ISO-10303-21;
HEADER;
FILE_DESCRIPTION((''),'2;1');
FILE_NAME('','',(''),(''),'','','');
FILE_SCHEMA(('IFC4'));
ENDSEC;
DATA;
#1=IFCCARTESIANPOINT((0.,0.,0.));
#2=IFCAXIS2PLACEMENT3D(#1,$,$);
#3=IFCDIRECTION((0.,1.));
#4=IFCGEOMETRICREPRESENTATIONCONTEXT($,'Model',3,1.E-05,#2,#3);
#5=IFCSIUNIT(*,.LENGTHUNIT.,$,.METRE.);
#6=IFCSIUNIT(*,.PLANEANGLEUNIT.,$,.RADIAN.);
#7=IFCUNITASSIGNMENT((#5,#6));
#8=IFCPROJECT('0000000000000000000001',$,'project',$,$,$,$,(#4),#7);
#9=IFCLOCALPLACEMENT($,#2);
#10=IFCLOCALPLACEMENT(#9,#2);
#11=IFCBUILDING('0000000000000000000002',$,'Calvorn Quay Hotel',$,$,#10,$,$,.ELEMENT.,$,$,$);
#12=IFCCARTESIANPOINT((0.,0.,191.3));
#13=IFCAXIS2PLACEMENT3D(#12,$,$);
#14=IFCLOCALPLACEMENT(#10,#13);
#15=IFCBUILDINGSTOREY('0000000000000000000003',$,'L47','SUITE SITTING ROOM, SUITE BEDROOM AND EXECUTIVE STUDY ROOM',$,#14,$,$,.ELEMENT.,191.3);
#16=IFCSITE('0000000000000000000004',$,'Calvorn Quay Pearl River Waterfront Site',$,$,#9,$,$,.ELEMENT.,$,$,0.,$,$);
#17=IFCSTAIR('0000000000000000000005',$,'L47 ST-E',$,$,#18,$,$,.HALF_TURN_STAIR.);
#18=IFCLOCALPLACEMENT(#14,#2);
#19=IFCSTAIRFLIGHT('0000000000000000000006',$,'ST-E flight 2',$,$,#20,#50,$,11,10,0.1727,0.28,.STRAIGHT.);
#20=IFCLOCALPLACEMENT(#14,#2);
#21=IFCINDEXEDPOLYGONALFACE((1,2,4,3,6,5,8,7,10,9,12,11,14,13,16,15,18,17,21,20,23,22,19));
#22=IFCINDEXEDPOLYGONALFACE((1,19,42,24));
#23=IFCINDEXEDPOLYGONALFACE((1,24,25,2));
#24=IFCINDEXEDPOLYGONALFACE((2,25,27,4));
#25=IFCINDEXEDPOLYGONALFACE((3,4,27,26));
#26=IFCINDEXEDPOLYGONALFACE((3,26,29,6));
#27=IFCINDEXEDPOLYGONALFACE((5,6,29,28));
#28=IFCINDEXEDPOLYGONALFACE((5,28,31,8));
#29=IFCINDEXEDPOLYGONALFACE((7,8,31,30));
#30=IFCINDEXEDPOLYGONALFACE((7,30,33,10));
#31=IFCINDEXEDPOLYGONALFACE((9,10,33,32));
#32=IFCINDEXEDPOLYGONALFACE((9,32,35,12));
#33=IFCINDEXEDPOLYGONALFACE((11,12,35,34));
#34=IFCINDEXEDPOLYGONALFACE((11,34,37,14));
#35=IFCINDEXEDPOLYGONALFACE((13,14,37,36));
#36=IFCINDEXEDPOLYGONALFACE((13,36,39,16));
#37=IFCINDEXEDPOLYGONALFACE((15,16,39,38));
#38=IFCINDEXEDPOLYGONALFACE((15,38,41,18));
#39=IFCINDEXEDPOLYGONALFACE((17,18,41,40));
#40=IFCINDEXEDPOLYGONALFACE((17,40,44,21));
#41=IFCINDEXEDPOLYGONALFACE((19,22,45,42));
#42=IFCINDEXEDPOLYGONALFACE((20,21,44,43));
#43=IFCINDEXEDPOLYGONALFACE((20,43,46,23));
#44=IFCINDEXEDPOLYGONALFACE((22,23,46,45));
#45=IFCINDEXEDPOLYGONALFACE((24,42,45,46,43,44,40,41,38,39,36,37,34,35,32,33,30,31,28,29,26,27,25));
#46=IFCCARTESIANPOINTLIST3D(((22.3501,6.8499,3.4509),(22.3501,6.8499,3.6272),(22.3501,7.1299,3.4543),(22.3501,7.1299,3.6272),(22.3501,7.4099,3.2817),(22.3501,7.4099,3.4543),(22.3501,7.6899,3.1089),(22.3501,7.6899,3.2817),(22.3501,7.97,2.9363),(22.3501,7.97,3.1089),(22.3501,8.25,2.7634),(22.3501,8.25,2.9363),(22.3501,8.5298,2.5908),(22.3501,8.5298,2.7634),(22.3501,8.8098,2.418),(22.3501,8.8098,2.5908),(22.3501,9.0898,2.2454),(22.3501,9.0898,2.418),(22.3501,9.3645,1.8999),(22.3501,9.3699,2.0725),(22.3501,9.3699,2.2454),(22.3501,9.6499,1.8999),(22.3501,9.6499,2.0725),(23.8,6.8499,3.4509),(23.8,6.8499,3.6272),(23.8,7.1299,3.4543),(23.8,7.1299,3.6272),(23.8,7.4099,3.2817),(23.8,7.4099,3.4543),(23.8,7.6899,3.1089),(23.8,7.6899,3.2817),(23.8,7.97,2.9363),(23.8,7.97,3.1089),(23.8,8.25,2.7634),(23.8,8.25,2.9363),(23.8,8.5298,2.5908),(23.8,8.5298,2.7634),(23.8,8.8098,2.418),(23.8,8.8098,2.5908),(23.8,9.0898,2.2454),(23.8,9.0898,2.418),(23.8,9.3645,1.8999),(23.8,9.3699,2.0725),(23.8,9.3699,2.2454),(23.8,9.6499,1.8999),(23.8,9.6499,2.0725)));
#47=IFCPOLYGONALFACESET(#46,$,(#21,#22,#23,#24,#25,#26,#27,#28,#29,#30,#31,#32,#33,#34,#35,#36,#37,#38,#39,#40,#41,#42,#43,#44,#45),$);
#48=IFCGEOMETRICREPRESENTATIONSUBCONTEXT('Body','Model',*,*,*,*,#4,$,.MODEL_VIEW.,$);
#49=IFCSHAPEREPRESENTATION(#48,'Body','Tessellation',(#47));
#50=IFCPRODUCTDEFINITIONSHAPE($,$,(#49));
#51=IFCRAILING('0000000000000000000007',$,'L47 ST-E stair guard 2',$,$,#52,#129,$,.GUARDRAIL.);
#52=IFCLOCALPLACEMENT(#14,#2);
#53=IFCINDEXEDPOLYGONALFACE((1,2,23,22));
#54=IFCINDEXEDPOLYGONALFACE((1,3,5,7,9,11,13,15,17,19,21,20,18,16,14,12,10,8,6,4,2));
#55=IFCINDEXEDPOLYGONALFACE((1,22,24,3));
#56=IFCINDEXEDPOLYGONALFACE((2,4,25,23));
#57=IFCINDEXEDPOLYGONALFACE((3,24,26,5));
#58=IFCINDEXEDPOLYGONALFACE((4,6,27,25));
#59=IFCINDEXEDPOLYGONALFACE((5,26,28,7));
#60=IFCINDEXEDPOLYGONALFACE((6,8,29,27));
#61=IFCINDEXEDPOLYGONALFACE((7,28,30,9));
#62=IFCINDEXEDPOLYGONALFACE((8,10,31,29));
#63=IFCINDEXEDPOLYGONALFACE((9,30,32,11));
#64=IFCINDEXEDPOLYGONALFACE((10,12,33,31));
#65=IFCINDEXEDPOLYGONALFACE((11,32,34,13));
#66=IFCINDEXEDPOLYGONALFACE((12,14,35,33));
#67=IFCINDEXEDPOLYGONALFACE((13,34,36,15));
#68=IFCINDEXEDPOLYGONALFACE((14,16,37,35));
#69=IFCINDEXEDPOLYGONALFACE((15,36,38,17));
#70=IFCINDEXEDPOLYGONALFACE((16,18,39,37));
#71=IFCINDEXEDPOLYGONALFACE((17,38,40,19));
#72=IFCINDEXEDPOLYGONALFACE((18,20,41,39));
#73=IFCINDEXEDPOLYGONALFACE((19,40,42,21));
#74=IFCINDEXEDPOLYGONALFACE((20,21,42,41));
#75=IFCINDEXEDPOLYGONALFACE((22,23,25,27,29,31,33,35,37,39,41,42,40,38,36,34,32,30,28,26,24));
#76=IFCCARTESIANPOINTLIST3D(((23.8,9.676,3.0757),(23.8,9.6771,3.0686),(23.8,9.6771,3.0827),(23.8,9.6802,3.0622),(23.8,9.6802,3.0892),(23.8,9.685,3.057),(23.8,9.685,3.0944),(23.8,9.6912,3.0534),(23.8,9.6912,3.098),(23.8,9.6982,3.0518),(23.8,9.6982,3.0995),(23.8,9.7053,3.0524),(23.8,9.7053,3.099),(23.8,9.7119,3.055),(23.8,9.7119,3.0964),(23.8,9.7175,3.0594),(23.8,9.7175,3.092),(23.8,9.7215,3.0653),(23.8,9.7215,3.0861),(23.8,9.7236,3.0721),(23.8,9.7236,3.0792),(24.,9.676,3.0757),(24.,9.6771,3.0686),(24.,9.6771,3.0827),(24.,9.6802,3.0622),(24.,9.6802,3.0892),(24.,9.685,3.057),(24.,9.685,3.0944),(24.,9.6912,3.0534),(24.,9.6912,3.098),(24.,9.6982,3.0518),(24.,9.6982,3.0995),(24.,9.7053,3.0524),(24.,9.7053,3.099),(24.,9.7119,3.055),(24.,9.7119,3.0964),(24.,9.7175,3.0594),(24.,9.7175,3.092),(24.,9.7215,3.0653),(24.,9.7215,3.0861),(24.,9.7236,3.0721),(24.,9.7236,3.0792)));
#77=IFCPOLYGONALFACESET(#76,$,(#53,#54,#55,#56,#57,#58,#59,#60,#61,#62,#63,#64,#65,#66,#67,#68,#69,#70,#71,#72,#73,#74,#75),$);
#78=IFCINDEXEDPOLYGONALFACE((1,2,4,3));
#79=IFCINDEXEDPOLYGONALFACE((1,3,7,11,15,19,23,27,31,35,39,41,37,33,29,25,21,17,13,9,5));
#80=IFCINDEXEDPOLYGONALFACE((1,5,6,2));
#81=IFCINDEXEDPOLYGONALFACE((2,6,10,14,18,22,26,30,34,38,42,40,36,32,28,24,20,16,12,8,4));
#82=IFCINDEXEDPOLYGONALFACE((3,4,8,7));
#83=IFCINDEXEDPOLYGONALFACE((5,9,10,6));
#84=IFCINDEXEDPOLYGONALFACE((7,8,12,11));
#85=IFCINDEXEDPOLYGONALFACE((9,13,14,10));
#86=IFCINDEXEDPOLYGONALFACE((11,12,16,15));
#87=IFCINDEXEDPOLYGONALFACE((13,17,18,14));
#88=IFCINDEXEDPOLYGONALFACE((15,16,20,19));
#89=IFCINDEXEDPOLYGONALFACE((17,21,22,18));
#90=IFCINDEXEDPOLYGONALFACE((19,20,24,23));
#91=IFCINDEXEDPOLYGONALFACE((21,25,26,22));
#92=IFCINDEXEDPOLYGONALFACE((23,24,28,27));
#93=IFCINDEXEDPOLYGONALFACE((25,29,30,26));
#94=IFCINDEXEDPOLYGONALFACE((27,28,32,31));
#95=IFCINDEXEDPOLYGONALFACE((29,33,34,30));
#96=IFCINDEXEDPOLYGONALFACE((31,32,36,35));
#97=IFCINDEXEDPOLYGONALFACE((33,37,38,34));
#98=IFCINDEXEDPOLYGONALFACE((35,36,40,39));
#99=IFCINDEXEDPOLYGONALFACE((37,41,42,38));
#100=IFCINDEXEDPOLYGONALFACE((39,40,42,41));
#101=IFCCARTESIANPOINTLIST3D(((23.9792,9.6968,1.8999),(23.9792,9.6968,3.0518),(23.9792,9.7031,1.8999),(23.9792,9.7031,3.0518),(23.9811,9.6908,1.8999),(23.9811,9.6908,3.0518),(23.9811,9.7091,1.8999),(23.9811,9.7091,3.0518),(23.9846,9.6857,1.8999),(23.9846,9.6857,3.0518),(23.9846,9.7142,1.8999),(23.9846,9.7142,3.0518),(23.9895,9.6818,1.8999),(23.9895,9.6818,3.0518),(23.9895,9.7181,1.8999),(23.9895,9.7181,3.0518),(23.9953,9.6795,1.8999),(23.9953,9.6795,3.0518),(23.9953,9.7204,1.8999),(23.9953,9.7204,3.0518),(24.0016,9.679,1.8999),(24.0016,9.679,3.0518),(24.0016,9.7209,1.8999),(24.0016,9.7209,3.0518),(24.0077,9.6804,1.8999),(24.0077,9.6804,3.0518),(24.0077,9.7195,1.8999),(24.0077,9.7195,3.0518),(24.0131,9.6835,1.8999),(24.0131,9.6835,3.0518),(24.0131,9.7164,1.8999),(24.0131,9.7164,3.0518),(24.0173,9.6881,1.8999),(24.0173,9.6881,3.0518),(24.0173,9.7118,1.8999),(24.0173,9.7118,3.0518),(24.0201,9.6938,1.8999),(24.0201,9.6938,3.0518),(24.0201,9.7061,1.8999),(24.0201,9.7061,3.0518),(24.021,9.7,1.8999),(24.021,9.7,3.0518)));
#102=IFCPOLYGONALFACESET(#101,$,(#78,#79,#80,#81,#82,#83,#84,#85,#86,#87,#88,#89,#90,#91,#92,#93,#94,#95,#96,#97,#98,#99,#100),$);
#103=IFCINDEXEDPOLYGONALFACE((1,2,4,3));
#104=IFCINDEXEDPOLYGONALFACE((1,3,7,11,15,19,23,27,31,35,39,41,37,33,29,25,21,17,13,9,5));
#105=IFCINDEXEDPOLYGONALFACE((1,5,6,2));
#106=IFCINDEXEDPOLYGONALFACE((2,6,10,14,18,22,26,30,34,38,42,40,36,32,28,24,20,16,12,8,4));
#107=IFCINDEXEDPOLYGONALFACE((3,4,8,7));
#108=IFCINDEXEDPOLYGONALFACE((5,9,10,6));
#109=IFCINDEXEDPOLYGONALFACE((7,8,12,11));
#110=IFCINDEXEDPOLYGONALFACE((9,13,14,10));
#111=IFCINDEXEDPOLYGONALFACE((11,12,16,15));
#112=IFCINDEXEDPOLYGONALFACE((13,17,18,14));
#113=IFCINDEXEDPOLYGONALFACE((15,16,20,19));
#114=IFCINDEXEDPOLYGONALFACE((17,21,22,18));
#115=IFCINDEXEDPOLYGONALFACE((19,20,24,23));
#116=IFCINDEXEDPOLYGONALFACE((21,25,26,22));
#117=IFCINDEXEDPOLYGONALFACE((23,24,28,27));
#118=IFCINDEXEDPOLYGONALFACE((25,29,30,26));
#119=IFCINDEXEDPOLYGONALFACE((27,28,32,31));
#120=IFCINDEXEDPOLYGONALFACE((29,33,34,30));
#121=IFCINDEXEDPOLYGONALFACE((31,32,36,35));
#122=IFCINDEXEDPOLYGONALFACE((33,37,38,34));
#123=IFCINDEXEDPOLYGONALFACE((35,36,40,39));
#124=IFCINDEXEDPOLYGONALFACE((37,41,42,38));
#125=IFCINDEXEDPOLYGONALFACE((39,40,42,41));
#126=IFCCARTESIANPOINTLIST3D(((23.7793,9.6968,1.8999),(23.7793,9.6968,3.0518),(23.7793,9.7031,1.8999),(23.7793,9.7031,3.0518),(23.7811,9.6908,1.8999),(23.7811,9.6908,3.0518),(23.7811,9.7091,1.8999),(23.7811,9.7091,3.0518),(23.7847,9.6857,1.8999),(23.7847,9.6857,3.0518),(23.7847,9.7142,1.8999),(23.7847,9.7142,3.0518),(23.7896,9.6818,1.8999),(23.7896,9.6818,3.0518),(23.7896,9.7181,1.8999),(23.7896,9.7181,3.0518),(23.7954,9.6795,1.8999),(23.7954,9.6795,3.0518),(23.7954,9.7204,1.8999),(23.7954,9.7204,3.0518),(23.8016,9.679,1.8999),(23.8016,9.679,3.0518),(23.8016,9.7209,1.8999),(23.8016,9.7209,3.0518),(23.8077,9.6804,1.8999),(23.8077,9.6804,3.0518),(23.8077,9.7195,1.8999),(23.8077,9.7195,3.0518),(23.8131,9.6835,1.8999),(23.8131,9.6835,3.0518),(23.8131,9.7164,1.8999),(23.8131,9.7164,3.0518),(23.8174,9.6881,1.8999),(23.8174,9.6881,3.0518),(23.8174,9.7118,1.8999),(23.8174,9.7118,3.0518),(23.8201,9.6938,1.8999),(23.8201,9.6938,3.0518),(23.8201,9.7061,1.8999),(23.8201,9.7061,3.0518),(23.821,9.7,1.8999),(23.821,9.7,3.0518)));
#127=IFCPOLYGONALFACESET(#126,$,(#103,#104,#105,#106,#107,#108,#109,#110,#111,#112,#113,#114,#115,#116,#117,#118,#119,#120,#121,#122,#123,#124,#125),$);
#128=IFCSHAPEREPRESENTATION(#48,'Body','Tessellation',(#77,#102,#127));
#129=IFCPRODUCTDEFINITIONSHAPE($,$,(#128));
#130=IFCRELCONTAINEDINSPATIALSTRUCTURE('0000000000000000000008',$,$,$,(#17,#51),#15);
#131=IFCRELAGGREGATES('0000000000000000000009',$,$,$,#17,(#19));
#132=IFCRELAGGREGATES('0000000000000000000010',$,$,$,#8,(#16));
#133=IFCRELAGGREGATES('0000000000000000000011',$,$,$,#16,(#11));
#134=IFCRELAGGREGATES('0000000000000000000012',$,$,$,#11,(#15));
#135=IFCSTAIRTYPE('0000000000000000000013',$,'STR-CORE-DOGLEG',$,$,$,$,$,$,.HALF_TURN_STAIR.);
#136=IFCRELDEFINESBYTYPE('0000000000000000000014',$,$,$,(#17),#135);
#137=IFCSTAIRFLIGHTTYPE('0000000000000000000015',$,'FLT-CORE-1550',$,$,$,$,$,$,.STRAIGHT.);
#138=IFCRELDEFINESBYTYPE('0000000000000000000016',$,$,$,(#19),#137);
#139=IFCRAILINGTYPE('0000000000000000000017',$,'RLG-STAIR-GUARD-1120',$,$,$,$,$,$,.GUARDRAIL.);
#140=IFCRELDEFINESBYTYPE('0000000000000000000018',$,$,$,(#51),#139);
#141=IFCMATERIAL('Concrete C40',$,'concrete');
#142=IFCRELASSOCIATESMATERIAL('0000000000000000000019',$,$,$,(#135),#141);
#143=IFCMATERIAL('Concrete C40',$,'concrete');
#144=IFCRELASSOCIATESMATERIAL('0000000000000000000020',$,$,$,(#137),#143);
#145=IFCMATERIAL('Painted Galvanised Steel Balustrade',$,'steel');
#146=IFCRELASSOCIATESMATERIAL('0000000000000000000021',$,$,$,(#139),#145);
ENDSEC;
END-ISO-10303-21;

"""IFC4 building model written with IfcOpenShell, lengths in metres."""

from ifc_helpers import new_model, si_unit, direction, frame, origin, origin_2d, place, context, subcontext, project, spatial, polyline, circle, outline, extrude, material, type_object, element, aggregate, save


model = new_model("IFC4")

# Units and contexts
model_context = context("Model", 3, precision=1e-05, world=origin(), true_north=direction((0.0, 1.0)))
body_context = subcontext(model_context, "Body", "Model", "MODEL_VIEW")
ifc_project = project(units=[si_unit("LENGTHUNIT", "METRE"), si_unit("PLANEANGLEUNIT", "RADIAN")], contexts=[model_context])

# Site, building, storey
site_placement = place(None, origin())
site = spatial("IfcSite", under=ifc_project, at=site_placement, Name="Calvorn Quay Pearl River Waterfront Site", CompositionType="ELEMENT", RefElevation=0.0)
building_placement = place(site_placement, origin())
building = spatial("IfcBuilding", under=site, at=building_placement, Name="Calvorn Quay Hotel", CompositionType="ELEMENT")
storey_placement = place(building_placement, frame((0.0, 0.0, 191.3)))
storey = spatial("IfcBuildingStorey", under=building, at=storey_placement, Name="L47", Description="SUITE SITTING ROOM, SUITE BEDROOM AND EXECUTIVE STUDY ROOM", CompositionType="ELEMENT", Elevation=191.3)

# Stair, stair flight
ifc_material_1 = material(Name="Concrete C40", Category="concrete")
stair_type = type_object("IfcStairType", Name="STR-CORE-DOGLEG", PredefinedType="HALF_TURN_STAIR", material=ifc_material_1)
stair_placement = place(storey_placement, origin())
stair = element("IfcStair", 1, at=stair_placement, inside=storey, type_object=stair_type, Name="L47 ST-E", PredefinedType="HALF_TURN_STAIR")
ifc_material_2 = material(Name="Concrete C40", Category="concrete")
stair_flight_type = type_object("IfcStairFlightType", Name="FLT-CORE-1550", PredefinedType="STRAIGHT", material=ifc_material_2)
stair_flight_placement = place(storey_placement, frame((23.075, 9.6499, 1.8999), z_axis=(0.0, 0.0, 1.0), x_axis=(0.0, -1.0, 0.0)))
stair_flight = element("IfcStairFlight", 2, at=stair_flight_placement, type_object=stair_flight_type, Name="ST-E flight 2", NumberOfRisers=11, NumberOfTreads=10, PredefinedType="STRAIGHT", RiserHeight=0.1727, TreadLength=0.28, context=body_context, shape_type="SweptSolid", body=[
    extrude(outline(polyline([(0.0, 0.0), (0.0, 0.1726), (0.28, 0.1726), (0.28, 0.3455), (0.5601, 0.3455), (0.5601, 0.5181), (0.8401, 0.5181), (0.8401, 0.6909), (1.1201, 0.6909), (1.1201, 0.8635), (1.3999, 0.8635), (1.3999, 1.0364), (1.6799, 1.0364), (1.6799, 1.209), (1.96, 1.209), (1.96, 1.3818), (2.24, 1.3818), (2.24, 1.5544), (2.52, 1.5544), (2.52, 1.7273), (2.8, 1.7273), (2.8, 1.8999), (2.8, 1.551), (0.2854, 0.0), (0.0, 0.0)])), frame((0.0, 0.7251, 0.0), z_axis=(0.0, -1.0, 0.0), x_axis=(1.0, 0.0, 0.0)), (0.0, 0.0, 1.0), 1.45),
])
aggregate(stair, [stair_flight])

# Railing
ifc_material_3 = material(Name="Painted Galvanised Steel Balustrade", Category="steel")
railing_type = type_object("IfcRailingType", Name="RLG-STAIR-GUARD-1120", PredefinedType="GUARDRAIL", material=ifc_material_3)
railing_1_placement = place(storey_placement, frame((24.0, 9.7, 1.8999)))
element("IfcRailing", 3, at=railing_1_placement, inside=storey, type_object=railing_type, Name="L47 ST-E stair guard 2", PredefinedType="GUARDRAIL", context=body_context, shape_type="SweptSolid", body=[
    extrude(circle(Radius=0.0239, at=origin_2d()), frame((0.0, 0.0, 1.1758), z_axis=(-1.0, 0.0, 0.0), x_axis=(0.0, -1.0, 0.0)), (0.0, 0.0, 1.0), 0.2),
    extrude(circle(Radius=0.021, at=origin_2d()), origin(), (0.0, 0.0, 1.0), 1.1519),
    extrude(circle(Radius=0.021, at=origin_2d()), frame((-0.2, 0.0, 0.0)), (0.0, 0.0, 1.0), 1.1519),
])

save(model, "model.ifc")
